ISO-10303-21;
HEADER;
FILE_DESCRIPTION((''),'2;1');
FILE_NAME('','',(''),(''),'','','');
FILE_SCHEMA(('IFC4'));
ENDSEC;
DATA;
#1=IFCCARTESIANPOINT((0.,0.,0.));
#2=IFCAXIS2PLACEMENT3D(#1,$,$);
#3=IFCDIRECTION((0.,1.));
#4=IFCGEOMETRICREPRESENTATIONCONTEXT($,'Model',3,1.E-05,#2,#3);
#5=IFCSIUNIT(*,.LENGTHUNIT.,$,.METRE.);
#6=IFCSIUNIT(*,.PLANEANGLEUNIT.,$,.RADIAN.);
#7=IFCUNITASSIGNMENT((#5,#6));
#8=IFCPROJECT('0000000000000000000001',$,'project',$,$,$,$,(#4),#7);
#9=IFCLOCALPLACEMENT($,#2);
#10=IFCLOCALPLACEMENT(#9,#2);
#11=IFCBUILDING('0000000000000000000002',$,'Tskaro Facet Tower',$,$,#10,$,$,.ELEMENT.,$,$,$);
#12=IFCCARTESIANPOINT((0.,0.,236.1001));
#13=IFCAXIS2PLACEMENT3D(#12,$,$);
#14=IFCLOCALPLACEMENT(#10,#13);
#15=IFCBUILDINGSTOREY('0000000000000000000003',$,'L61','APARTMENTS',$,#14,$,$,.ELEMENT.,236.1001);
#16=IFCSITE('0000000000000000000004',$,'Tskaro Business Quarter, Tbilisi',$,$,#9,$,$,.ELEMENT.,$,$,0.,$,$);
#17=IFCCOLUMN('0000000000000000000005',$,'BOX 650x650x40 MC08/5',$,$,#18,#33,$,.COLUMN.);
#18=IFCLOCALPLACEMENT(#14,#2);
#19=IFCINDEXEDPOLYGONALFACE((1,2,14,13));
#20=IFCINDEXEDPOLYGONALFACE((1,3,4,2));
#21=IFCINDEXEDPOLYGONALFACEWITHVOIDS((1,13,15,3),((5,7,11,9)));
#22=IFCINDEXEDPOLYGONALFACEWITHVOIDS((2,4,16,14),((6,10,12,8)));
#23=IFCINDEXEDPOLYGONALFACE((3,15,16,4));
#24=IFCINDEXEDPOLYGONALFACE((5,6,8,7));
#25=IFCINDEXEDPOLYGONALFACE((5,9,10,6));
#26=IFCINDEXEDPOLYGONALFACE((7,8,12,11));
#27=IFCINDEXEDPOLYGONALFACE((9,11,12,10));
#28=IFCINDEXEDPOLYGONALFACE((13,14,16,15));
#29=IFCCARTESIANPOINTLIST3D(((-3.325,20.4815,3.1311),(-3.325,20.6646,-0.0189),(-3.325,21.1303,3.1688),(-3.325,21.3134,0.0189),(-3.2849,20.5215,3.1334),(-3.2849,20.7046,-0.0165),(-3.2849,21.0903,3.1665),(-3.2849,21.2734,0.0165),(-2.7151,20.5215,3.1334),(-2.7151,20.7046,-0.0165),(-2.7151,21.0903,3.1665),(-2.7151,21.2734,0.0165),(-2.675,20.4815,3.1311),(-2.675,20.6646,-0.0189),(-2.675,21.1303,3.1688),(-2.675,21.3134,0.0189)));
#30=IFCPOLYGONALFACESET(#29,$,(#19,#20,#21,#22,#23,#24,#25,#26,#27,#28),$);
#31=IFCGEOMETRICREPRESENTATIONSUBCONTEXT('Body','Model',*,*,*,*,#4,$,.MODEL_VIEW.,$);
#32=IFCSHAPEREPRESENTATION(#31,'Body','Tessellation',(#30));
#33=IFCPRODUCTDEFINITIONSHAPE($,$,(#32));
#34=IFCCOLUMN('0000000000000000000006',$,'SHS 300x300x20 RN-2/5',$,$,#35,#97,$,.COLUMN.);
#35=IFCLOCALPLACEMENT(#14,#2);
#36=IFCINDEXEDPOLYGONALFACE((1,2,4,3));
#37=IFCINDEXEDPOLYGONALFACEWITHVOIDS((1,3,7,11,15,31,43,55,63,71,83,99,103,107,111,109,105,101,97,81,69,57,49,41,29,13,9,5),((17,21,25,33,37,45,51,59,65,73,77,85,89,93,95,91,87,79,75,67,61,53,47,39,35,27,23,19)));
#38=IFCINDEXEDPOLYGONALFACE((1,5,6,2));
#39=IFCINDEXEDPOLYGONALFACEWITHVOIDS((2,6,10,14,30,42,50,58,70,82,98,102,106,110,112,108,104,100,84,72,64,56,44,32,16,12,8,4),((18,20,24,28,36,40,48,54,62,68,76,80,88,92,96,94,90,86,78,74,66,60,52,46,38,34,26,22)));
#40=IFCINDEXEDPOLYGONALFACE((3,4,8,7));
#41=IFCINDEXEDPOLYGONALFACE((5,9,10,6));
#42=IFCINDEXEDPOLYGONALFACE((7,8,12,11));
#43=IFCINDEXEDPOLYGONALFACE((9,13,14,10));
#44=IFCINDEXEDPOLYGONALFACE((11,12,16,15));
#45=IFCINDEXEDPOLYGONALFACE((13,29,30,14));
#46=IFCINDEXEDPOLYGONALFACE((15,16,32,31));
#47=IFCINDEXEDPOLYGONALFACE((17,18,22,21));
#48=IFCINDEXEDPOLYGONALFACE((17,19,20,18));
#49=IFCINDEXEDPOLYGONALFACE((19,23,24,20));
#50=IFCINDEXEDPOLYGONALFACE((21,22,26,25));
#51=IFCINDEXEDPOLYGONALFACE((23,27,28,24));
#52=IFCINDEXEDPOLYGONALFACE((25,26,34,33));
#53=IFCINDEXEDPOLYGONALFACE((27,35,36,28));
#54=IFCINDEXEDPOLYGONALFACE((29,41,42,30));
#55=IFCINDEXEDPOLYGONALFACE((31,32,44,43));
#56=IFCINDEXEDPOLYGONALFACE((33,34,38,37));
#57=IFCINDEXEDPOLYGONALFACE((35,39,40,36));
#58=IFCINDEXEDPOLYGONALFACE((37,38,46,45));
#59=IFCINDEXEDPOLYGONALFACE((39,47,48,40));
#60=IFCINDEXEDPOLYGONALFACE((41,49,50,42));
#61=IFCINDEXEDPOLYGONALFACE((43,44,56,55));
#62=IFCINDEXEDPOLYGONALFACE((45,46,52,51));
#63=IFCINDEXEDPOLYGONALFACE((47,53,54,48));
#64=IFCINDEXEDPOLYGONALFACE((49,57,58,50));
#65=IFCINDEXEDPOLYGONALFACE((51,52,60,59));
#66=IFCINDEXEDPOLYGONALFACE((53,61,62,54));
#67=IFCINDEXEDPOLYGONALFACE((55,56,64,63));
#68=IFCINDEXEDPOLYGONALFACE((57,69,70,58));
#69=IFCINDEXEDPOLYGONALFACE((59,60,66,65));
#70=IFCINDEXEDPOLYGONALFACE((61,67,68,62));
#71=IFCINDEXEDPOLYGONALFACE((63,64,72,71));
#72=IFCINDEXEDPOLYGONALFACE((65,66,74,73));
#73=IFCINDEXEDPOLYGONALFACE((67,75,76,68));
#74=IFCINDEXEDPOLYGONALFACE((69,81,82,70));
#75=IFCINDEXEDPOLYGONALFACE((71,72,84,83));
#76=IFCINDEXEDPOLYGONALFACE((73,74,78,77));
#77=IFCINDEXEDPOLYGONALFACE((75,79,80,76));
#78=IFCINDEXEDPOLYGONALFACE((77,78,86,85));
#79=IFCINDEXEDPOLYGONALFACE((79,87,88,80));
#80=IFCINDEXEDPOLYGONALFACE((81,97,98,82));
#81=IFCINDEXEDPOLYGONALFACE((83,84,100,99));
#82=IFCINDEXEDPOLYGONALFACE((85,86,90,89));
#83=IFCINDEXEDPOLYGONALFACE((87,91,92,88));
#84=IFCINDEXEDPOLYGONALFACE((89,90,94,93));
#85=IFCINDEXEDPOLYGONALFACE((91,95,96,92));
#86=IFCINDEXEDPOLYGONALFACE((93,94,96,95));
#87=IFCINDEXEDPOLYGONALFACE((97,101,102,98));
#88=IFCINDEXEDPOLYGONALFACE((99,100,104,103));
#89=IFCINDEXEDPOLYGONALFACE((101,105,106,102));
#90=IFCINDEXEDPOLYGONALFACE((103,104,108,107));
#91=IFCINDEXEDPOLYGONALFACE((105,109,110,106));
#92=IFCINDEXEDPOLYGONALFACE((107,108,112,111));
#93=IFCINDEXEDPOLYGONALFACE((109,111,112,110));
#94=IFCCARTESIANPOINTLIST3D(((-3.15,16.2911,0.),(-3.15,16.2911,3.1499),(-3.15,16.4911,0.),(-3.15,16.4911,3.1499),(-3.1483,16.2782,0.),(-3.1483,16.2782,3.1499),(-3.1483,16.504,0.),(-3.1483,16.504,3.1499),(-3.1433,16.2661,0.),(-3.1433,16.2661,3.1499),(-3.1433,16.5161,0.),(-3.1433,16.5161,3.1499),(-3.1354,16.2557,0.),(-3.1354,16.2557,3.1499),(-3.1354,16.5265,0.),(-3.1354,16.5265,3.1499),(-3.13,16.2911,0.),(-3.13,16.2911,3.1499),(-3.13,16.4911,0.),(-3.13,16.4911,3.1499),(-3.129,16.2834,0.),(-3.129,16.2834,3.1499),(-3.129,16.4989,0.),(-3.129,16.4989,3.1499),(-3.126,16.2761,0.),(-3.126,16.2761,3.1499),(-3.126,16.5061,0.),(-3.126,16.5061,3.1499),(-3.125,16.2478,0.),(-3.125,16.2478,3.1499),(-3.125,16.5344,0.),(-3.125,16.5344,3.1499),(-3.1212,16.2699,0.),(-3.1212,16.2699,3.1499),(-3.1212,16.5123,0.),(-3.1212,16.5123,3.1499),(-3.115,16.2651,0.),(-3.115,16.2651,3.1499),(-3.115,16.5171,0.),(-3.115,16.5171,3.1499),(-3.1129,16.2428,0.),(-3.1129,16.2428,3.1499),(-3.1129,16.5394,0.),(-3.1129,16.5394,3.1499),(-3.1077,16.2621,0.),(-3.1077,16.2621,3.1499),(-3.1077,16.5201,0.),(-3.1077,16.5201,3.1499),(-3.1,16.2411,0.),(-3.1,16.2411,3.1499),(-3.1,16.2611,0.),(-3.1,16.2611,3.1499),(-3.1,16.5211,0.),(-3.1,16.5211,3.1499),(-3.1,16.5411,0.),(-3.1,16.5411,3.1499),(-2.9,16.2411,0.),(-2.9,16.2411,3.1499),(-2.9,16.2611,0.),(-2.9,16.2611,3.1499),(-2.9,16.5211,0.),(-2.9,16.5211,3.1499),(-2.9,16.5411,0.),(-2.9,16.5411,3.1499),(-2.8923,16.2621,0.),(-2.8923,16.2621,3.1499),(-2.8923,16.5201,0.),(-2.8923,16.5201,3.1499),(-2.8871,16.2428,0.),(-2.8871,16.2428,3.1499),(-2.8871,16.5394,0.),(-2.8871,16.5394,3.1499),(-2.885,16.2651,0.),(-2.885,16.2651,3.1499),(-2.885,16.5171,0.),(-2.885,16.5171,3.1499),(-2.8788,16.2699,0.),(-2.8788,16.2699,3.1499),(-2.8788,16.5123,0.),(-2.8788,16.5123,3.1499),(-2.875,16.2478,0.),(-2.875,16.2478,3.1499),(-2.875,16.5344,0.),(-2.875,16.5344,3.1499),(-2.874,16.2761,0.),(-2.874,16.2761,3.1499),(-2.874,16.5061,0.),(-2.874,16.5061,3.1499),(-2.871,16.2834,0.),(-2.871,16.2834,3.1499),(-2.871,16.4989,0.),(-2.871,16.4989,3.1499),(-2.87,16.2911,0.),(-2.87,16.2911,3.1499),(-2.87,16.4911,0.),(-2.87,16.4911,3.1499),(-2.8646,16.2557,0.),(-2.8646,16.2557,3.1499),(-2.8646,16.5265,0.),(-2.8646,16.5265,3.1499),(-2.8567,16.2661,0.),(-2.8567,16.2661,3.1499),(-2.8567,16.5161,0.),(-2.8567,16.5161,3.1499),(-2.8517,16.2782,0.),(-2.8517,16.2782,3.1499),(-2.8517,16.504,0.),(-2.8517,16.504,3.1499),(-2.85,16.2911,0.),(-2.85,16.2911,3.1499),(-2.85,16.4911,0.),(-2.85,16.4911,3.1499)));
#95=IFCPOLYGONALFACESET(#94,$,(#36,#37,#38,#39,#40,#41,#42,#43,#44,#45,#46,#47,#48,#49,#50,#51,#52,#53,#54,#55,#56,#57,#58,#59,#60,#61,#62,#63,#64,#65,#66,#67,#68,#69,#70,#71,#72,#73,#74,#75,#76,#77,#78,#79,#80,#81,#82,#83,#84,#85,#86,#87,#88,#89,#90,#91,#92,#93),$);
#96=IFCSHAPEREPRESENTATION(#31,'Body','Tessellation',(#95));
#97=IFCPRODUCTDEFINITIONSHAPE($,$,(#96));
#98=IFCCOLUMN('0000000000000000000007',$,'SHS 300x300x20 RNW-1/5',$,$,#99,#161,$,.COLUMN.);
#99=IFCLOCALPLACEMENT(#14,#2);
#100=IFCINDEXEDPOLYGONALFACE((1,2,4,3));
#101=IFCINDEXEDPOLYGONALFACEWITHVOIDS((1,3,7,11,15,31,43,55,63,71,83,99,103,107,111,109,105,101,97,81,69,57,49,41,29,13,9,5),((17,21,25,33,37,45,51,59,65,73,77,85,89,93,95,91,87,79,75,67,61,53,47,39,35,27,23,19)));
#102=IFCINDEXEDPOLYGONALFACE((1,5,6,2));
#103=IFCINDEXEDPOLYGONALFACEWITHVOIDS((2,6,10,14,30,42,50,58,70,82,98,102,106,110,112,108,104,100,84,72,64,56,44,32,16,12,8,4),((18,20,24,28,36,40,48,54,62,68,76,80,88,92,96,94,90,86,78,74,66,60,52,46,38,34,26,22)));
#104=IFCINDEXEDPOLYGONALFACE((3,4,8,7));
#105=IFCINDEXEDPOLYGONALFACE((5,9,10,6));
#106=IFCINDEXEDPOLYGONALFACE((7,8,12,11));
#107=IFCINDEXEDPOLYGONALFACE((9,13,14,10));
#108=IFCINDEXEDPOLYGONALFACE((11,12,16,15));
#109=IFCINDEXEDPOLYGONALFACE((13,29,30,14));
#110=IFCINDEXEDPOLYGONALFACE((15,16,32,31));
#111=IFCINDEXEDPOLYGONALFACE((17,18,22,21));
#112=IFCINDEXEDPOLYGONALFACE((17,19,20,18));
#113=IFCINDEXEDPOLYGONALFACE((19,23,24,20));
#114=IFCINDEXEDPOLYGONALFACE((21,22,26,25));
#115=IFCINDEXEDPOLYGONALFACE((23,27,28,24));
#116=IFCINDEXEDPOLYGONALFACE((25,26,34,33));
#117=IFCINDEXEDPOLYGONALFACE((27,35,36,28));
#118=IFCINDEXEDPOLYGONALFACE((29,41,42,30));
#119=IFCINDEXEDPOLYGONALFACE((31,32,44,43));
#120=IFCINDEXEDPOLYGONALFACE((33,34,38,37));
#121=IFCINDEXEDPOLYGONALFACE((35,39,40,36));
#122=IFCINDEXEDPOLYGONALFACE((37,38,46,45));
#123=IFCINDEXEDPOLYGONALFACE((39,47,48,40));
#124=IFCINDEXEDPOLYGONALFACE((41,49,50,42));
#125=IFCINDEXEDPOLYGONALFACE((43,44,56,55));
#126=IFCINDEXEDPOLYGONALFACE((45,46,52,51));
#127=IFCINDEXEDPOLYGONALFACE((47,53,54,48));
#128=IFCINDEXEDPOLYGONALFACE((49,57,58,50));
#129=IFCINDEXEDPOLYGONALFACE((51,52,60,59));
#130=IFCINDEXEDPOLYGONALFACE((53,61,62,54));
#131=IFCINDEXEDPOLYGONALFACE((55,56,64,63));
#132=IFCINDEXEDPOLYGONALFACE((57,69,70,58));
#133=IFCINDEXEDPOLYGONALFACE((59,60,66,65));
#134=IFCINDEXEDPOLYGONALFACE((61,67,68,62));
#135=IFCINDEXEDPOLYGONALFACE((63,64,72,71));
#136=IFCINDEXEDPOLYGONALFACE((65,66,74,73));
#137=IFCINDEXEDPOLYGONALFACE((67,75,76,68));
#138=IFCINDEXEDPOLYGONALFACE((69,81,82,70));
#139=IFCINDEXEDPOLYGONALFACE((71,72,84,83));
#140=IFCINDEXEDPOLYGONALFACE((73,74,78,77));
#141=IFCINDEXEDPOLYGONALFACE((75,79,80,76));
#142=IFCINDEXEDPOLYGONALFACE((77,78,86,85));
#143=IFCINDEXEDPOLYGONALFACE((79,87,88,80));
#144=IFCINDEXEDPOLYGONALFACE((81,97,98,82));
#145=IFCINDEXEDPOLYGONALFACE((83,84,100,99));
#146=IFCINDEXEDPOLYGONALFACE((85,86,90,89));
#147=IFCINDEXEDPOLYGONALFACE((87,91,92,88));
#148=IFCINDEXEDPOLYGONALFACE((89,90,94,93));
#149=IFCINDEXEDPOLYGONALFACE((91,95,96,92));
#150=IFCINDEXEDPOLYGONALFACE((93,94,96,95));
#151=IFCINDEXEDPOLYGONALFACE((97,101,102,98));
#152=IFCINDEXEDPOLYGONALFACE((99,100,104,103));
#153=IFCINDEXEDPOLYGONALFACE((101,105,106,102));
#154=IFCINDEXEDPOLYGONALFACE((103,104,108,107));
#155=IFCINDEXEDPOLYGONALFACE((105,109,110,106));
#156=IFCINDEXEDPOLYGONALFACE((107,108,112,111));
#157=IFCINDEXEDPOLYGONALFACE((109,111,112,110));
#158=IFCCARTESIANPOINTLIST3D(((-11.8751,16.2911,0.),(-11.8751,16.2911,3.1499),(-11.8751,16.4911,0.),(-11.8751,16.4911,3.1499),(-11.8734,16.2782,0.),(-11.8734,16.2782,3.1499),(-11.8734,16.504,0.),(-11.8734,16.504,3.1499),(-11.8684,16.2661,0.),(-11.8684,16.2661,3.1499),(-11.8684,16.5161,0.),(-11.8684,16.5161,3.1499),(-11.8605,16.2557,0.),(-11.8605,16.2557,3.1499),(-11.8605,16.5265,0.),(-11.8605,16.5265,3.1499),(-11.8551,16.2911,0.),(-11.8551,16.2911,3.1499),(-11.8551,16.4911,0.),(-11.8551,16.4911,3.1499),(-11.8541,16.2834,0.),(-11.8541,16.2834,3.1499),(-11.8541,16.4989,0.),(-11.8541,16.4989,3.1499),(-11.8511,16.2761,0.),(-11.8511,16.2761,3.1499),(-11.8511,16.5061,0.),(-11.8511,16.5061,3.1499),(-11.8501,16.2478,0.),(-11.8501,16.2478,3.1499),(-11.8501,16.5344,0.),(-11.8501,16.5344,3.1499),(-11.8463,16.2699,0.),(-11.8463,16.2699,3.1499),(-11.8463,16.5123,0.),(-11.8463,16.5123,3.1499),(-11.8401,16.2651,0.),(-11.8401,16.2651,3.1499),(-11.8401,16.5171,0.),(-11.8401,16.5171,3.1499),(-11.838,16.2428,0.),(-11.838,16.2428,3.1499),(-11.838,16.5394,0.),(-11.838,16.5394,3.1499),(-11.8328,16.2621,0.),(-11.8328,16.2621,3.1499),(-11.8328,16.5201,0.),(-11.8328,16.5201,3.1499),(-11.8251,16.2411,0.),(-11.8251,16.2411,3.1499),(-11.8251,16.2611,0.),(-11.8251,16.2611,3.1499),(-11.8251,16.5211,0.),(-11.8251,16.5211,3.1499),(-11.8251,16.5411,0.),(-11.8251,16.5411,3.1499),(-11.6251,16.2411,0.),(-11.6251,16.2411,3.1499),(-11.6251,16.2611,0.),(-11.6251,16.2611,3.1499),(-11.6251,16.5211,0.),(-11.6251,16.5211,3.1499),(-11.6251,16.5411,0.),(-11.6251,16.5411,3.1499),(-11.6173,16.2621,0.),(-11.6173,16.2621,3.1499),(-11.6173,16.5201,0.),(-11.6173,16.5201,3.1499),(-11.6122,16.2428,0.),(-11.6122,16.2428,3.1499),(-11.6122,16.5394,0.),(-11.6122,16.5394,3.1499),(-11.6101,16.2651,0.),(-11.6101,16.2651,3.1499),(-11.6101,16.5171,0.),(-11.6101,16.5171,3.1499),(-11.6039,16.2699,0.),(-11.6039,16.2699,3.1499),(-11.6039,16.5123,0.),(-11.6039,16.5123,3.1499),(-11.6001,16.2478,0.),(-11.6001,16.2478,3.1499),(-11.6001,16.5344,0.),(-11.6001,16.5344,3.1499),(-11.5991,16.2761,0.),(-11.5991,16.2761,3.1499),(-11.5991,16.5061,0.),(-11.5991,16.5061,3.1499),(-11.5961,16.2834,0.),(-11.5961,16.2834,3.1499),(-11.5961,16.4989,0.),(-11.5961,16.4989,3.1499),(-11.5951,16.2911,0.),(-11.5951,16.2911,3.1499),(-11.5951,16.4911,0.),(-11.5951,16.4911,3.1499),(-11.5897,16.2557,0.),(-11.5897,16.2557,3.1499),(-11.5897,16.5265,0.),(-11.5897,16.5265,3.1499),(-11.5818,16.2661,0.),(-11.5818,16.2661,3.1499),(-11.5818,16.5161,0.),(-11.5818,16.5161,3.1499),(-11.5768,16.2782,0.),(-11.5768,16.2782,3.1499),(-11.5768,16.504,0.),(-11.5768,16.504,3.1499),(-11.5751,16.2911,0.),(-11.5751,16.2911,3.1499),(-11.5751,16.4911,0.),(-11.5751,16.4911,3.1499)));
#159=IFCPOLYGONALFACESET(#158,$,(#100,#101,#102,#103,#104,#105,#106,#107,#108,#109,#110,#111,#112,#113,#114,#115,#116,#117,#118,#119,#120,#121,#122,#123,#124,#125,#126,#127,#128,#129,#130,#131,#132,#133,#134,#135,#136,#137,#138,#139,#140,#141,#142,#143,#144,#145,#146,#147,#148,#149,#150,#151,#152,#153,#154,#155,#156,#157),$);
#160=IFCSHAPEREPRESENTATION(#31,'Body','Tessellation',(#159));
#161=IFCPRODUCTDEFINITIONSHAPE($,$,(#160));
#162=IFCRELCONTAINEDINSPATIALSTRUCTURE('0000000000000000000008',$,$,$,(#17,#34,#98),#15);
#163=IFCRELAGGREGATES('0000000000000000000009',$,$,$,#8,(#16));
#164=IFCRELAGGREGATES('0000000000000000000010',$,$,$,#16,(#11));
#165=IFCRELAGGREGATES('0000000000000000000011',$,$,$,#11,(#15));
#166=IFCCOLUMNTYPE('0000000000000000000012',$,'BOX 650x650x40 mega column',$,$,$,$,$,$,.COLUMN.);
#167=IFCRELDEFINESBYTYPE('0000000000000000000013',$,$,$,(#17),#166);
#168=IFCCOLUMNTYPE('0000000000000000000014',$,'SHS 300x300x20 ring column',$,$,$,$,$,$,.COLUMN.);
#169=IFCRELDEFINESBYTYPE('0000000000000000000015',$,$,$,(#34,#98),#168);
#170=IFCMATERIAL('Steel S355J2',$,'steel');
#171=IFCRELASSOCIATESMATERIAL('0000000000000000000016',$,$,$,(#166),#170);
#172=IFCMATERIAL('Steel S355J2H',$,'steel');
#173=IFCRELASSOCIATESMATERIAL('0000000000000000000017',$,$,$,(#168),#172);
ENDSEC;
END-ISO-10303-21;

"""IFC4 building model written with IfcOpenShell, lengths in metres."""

from ifc_helpers import new_model, si_unit, direction, frame, origin, origin_2d, place, context, subcontext, project, spatial, hollow_rectangle, extrude, material, material_profile, profile_set, type_object, element, save


model = new_model("IFC4")

# Units and contexts
model_context = context("Model", 3, precision=1e-05, world=origin(), true_north=direction((0.0, 1.0)))
body_context = subcontext(model_context, "Body", "Model", "MODEL_VIEW")
ifc_project = project(units=[si_unit("LENGTHUNIT", "METRE"), si_unit("PLANEANGLEUNIT", "RADIAN")], contexts=[model_context])

# Site, building, storey
site_placement = place(None, origin())
site = spatial("IfcSite", under=ifc_project, at=site_placement, Name="Tskaro Business Quarter, Tbilisi", CompositionType="ELEMENT", RefElevation=0.0)
building_placement = place(site_placement, origin())
building = spatial("IfcBuilding", under=site, at=building_placement, Name="Tskaro Facet Tower", CompositionType="ELEMENT")
storey_placement = place(building_placement, frame((0.0, 0.0, 236.1001)))
storey = spatial("IfcBuildingStorey", under=building, at=storey_placement, Name="L61", Description="APARTMENTS", CompositionType="ELEMENT", Elevation=236.1001)

# Columns
ifc_material_1 = material(Name="Steel S355J2", Category="steel")
ifc_material_profile_1 = material_profile(ifc_material_1, hollow_rectangle(XDim=0.6499, YDim=0.6499, WallThickness=0.04, at=origin_2d()), Name="BOX 650x650x40")
ifc_profile_set_1 = profile_set([ifc_material_profile_1], Name="Steel S355J2")
column_type_1 = type_object("IfcColumnType", Name="BOX 650x650x40 mega column", PredefinedType="COLUMN", material=ifc_profile_set_1)
column_placement = place(storey_placement, frame((-3.0, 20.989, 0.0), z_axis=(0.0, -0.058033, 0.998315), x_axis=(1.0, 0.0, 0.0)))
element("IfcColumn", 1, at=column_placement, inside=storey, type_object=column_type_1, Name="BOX 650x650x40 MC08/5", PredefinedType="COLUMN", context=body_context, shape_type="SweptSolid", body=[
    extrude(hollow_rectangle(XDim=0.6499, YDim=0.6499, WallThickness=0.04, at=origin_2d()), origin(), (0.0, 0.0, 1.0), 3.1553),
])
ifc_material_2 = material(Name="Steel S355J2H", Category="steel")
ifc_material_profile_2 = material_profile(ifc_material_2, hollow_rectangle(XDim=0.3, YDim=0.3, WallThickness=0.02, InnerFilletRadius=0.03, OuterFilletRadius=0.05, at=origin_2d()), Name="SHS 300x300x20")
ifc_profile_set_2 = profile_set([ifc_material_profile_2], Name="Steel S355J2H")
column_type_2 = type_object("IfcColumnType", Name="SHS 300x300x20 ring column", PredefinedType="COLUMN", material=ifc_profile_set_2)
for number, where, z_axis, x_axis, name in (
    (2, (-3.0, 16.3911, 0.0), (0.0, 0.0, 1.0), (1.0, 0.0, 0.0), "SHS 300x300x20 RN-2/5"),
    (3, (-11.7251, 16.3911, 0.0), (0.0, 0.0, 1.0), (1.0, 0.0, 0.0), "SHS 300x300x20 RNW-1/5"),
):
    element("IfcColumn", number, at=place(storey_placement, frame(where, z_axis=z_axis, x_axis=x_axis)), inside=storey, type_object=column_type_2, Name=name, PredefinedType="COLUMN", context=body_context, shape_type="SweptSolid", body=[
        extrude(hollow_rectangle(XDim=0.3, YDim=0.3, WallThickness=0.02, InnerFilletRadius=0.03, OuterFilletRadius=0.05, at=origin_2d()), origin(), (0.0, 0.0, 1.0), 3.1499),
    ])

save(model, "model.ifc")
